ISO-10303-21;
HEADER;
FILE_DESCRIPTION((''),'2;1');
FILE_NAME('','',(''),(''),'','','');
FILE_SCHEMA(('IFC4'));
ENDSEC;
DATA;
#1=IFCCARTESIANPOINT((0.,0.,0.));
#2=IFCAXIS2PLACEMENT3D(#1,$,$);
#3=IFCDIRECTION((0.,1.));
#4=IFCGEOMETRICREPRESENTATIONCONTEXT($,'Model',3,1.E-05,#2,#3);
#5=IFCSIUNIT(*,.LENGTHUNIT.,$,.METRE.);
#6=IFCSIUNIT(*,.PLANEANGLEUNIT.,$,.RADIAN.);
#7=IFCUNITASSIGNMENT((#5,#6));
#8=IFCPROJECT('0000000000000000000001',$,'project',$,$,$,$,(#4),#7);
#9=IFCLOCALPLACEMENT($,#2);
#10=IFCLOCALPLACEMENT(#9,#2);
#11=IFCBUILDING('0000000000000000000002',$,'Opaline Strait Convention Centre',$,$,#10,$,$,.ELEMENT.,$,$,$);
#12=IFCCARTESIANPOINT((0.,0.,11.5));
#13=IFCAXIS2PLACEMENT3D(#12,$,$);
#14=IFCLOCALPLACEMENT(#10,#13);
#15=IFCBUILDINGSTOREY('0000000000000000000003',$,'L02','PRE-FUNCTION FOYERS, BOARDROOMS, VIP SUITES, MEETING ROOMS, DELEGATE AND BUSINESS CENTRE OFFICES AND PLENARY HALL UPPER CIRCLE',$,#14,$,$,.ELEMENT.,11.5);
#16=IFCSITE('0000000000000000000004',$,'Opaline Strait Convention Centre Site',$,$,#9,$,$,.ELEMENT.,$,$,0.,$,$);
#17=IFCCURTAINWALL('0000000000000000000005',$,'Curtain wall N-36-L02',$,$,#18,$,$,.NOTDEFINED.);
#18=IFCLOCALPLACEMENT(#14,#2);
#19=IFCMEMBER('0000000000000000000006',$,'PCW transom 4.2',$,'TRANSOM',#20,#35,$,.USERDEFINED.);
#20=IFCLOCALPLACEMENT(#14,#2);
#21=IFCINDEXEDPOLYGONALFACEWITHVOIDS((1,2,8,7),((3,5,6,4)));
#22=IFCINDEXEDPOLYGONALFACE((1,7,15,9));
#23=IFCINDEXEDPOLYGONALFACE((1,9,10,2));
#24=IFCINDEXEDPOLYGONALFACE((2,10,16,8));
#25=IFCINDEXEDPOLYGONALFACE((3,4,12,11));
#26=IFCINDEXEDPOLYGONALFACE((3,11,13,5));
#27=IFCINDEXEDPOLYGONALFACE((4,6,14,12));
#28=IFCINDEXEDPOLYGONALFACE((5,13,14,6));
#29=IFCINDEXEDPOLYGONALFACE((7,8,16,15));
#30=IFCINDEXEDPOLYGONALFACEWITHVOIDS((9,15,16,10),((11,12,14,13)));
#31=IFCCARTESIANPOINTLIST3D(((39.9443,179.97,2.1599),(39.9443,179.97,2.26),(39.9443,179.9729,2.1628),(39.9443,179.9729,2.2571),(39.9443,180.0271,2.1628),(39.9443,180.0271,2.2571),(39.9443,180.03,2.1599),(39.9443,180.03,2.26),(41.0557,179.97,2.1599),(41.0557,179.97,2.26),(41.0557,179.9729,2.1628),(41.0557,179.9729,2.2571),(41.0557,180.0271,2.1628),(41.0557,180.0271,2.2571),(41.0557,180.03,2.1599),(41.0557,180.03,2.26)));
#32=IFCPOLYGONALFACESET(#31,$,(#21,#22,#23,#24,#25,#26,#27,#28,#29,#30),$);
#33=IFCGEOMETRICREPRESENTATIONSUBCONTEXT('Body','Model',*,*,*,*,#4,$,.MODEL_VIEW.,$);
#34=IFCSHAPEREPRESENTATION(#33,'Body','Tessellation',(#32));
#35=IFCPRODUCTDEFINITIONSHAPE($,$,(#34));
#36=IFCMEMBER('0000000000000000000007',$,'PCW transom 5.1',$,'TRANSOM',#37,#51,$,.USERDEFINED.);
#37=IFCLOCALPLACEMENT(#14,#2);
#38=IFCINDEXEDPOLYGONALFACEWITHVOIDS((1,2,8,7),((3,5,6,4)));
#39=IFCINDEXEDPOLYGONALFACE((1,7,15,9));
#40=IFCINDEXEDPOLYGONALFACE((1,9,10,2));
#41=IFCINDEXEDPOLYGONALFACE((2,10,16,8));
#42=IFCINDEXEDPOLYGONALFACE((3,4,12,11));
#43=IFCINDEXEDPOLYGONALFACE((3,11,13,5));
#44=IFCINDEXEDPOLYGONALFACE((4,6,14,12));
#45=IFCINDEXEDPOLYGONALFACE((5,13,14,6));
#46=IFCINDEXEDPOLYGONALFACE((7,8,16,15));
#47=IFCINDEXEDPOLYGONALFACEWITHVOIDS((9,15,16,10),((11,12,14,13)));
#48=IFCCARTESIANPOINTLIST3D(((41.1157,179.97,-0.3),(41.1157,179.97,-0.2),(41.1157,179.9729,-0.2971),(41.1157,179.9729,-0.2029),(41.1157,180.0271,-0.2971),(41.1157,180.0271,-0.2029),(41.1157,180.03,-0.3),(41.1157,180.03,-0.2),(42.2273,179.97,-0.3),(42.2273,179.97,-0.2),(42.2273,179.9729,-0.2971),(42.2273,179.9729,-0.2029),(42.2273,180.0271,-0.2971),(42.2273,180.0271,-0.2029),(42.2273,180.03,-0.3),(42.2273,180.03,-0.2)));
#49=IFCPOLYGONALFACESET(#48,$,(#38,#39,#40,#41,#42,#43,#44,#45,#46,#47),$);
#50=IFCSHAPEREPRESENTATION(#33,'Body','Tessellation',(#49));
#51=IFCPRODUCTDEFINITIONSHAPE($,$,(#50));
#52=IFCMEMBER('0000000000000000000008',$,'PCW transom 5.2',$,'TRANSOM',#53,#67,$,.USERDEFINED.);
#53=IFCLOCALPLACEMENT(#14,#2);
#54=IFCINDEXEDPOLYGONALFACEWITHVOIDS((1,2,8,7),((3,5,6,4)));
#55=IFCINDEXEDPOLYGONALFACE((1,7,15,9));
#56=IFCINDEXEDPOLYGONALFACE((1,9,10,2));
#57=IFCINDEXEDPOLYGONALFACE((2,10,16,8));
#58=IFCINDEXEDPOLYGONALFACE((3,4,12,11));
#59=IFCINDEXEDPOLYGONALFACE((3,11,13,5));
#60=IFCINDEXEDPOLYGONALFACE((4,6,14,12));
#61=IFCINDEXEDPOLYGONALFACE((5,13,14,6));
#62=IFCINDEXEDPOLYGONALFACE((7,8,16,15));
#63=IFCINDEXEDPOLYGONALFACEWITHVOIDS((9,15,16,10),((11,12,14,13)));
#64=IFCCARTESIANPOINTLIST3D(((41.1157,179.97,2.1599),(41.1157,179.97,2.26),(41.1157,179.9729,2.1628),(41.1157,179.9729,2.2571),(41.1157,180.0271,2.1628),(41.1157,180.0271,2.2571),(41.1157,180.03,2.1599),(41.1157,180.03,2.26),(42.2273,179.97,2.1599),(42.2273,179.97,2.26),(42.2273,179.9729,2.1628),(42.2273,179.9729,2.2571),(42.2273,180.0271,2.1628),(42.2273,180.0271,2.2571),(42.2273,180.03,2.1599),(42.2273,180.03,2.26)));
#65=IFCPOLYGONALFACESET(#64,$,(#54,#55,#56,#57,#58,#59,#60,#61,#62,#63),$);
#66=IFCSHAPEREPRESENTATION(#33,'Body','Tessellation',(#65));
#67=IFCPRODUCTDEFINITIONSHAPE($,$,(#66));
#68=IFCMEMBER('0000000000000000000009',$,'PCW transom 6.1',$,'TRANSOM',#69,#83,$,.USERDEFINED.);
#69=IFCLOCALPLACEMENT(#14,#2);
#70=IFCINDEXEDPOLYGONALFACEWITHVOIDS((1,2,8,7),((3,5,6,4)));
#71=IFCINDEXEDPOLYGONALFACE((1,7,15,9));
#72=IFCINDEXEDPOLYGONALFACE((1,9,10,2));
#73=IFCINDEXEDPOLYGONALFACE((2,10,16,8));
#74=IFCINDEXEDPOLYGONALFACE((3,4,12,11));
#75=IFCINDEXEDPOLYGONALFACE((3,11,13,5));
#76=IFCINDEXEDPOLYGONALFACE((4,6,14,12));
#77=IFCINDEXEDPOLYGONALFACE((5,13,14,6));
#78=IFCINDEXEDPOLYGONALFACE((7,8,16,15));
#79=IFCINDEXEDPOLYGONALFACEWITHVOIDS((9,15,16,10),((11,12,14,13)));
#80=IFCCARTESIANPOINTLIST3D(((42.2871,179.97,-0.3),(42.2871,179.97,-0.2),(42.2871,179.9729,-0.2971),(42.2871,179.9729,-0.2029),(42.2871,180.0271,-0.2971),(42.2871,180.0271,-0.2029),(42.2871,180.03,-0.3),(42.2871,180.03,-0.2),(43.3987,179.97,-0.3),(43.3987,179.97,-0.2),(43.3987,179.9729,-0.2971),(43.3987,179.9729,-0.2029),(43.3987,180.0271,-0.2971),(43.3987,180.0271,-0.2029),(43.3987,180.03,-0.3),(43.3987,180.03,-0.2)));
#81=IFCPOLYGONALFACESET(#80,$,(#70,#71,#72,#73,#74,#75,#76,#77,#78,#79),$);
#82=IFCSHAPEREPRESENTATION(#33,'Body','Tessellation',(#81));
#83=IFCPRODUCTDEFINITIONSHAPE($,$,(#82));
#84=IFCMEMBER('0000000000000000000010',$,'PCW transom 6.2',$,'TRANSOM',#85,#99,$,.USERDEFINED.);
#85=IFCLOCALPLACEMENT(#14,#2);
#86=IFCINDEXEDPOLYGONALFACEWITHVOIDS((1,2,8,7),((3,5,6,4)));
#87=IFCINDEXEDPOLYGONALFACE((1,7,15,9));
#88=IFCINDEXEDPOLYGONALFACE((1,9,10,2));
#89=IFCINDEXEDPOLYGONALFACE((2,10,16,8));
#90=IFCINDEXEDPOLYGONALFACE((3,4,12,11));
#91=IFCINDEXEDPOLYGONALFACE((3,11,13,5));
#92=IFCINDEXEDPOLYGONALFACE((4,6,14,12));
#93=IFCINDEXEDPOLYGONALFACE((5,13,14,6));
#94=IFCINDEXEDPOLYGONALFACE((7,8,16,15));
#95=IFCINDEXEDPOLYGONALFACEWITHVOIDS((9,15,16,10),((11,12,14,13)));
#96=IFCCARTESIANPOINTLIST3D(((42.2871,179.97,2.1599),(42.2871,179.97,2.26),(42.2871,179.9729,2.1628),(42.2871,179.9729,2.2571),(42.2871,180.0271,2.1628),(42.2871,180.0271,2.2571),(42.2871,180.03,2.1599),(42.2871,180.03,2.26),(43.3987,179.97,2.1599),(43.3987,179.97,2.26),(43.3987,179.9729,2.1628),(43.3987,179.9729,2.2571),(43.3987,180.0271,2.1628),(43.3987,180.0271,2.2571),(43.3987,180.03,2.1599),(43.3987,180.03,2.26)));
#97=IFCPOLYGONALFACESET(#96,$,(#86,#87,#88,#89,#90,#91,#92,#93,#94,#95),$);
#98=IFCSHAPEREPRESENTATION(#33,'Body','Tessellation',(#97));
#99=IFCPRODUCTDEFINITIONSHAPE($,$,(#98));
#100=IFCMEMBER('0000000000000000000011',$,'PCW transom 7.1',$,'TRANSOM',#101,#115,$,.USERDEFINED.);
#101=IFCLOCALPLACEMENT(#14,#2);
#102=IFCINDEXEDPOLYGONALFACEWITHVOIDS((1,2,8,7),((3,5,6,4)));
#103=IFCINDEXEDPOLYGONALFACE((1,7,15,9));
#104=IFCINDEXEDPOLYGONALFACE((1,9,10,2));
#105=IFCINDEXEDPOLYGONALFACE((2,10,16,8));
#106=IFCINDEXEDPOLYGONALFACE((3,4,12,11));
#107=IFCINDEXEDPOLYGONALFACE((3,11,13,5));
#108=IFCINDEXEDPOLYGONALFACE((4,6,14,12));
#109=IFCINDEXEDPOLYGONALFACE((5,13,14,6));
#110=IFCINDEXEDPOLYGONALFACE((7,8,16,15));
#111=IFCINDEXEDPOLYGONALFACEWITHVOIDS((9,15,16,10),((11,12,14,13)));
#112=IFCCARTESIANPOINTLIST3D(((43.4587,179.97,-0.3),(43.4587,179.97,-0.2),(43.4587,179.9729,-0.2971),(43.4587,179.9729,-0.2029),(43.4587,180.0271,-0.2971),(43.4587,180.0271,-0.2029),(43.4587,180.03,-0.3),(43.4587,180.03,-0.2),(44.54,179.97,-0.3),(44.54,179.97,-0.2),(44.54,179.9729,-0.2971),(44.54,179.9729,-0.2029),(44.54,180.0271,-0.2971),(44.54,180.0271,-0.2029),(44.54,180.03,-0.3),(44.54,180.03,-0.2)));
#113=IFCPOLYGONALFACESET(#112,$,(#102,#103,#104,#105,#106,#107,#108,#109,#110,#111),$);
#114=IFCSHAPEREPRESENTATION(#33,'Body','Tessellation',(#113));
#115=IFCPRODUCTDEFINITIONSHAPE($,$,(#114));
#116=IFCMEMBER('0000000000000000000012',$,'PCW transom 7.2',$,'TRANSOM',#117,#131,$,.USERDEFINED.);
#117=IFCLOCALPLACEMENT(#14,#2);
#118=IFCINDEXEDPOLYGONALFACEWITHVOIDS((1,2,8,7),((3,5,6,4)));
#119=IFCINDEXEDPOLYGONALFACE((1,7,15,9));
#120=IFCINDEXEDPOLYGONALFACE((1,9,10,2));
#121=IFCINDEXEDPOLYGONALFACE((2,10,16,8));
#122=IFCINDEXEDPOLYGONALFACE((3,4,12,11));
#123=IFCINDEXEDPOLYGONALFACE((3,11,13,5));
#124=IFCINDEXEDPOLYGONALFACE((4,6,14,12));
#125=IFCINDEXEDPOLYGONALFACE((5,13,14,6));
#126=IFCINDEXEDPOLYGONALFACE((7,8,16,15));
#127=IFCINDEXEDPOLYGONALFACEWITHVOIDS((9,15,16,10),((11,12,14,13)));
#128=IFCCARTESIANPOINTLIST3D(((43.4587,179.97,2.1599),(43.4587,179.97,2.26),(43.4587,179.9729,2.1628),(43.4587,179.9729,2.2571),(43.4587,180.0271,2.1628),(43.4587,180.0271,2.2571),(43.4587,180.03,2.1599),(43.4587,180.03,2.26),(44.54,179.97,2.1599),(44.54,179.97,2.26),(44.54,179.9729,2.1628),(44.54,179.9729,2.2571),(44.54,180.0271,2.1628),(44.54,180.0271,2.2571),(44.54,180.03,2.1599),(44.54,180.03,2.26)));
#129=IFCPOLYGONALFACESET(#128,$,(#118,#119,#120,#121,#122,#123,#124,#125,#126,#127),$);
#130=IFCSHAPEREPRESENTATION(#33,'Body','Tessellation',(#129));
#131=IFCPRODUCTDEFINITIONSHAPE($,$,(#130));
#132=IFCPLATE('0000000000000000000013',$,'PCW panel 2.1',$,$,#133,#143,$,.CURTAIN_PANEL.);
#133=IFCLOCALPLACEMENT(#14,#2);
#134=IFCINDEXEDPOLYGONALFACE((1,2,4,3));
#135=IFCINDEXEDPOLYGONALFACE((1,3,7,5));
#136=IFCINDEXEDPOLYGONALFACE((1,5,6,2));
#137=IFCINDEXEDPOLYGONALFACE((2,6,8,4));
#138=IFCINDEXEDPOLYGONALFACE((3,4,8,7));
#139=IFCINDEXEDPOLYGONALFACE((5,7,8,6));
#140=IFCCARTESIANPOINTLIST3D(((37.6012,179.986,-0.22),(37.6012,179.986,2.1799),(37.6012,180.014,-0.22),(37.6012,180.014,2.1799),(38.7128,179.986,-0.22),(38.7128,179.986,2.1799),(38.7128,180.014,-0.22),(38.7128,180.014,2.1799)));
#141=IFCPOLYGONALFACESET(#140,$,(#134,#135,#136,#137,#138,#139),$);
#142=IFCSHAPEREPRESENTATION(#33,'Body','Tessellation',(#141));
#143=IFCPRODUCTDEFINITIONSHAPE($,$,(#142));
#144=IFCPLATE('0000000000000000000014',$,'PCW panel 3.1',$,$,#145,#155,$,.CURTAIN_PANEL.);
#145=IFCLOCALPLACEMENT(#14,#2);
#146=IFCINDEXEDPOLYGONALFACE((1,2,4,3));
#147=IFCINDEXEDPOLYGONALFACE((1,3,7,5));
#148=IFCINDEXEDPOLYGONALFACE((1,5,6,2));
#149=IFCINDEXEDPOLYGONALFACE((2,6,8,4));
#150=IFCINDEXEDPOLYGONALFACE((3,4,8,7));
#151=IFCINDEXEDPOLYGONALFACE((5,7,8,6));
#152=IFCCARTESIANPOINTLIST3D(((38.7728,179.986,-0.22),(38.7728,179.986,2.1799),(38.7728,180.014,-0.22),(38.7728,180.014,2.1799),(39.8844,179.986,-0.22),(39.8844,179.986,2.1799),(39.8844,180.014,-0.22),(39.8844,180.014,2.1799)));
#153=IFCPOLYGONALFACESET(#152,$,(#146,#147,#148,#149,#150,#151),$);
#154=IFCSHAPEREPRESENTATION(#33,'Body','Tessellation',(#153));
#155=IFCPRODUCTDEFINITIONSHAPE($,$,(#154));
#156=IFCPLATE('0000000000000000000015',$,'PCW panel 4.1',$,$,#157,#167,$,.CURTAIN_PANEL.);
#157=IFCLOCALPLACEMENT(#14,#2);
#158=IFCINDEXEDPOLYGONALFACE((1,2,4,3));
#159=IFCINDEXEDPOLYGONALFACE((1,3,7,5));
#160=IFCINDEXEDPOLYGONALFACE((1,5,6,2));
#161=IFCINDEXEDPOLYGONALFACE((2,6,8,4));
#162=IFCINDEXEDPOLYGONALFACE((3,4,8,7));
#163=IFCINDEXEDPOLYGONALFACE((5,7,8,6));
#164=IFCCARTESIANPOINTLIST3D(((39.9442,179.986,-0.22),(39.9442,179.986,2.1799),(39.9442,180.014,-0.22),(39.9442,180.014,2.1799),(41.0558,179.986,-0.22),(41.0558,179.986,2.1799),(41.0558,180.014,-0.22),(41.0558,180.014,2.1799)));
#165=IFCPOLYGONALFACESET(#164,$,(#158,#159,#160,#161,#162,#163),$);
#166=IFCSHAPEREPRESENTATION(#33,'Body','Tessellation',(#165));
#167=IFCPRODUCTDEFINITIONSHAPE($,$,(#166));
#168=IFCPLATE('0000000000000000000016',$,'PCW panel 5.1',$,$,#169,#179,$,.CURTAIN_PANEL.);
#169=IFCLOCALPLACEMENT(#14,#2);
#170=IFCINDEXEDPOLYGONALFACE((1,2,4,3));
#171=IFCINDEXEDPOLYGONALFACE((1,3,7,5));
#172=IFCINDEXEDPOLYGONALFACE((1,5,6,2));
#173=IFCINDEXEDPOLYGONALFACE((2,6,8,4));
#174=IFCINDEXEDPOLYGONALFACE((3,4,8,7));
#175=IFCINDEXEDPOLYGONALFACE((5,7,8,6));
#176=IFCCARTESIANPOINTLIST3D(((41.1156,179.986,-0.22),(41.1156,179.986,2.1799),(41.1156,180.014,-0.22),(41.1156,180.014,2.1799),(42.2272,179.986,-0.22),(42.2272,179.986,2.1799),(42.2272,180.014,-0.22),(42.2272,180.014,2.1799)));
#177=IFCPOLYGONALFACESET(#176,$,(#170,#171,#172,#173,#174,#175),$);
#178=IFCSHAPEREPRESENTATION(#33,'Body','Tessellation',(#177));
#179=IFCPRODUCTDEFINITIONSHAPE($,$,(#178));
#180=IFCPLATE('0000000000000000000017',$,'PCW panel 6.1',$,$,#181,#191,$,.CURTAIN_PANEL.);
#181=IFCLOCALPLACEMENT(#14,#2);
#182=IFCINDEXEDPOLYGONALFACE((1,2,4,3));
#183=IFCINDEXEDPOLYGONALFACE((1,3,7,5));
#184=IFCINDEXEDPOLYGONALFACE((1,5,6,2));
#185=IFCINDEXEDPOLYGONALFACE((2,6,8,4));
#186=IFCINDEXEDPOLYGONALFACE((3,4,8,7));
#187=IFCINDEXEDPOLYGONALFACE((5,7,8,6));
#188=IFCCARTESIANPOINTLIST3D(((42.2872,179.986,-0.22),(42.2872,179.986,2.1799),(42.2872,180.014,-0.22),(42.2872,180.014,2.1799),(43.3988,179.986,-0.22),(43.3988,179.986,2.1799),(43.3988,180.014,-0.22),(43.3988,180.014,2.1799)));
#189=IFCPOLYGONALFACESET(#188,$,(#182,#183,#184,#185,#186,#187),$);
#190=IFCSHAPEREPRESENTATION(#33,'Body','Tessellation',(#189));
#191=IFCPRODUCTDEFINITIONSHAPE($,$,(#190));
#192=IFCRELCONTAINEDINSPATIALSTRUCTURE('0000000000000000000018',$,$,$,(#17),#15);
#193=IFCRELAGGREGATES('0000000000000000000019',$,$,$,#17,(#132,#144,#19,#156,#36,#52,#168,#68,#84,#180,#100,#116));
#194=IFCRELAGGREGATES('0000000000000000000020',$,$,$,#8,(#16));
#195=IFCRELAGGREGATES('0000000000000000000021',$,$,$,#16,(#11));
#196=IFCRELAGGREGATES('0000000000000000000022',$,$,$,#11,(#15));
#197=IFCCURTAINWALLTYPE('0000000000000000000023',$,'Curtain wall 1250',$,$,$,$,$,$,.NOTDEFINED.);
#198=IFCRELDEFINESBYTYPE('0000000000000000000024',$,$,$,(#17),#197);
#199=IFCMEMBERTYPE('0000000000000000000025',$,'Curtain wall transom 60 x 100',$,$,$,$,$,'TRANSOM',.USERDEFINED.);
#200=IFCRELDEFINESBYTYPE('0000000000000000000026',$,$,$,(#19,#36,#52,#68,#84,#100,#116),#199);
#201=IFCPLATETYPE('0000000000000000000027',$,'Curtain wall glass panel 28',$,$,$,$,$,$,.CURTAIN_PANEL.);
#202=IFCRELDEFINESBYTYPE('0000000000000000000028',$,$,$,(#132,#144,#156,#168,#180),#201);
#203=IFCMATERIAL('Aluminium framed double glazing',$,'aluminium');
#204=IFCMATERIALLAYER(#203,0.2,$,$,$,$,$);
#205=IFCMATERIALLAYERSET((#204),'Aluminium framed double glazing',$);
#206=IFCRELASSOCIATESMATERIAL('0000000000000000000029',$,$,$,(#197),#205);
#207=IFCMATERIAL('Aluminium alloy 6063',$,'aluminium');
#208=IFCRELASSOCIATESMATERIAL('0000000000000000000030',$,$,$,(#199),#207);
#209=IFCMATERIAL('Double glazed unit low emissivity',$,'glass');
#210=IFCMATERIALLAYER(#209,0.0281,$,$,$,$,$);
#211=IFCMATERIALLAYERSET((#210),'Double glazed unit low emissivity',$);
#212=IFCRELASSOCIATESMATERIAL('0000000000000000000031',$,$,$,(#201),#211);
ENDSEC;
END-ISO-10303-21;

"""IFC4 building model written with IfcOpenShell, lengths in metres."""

from ifc_helpers import new_model, si_unit, direction, frame, origin, origin_2d, place, context, subcontext, project, spatial, rectangle, hollow_rectangle, extrude, material, layer, layer_set, material_profile, profile_set, type_object, element, aggregate, save


model = new_model("IFC4")

# Units and contexts
model_context = context("Model", 3, precision=1e-05, world=origin(), true_north=direction((0.0, 1.0)))
body_context = subcontext(model_context, "Body", "Model", "MODEL_VIEW")
ifc_project = project(units=[si_unit("LENGTHUNIT", "METRE"), si_unit("PLANEANGLEUNIT", "RADIAN")], contexts=[model_context])

# Site, building, storey
site_placement = place(None, origin())
site = spatial("IfcSite", under=ifc_project, at=site_placement, Name="Opaline Strait Convention Centre Site", CompositionType="ELEMENT", RefElevation=0.0)
building_placement = place(site_placement, origin())
building = spatial("IfcBuilding", under=site, at=building_placement, Name="Opaline Strait Convention Centre", CompositionType="ELEMENT")
storey_placement = place(building_placement, frame((0.0, 0.0, 11.5)))
storey = spatial("IfcBuildingStorey", under=building, at=storey_placement, Name="L02", Description="PRE-FUNCTION FOYERS, BOARDROOMS, VIP SUITES, MEETING ROOMS, DELEGATE AND BUSINESS CENTRE OFFICES AND PLENARY HALL UPPER CIRCLE", CompositionType="ELEMENT", Elevation=11.5)

# Curtain wall, members, plates
ifc_material_1 = material(Name="Aluminium framed double glazing", Category="aluminium")
ifc_layer_1 = layer(ifc_material_1, 0.2)
ifc_layer_set_1 = layer_set([ifc_layer_1], Name="Aluminium framed double glazing")
curtain_wall_type = type_object("IfcCurtainWallType", Name="Curtain wall 1250", PredefinedType="NOTDEFINED", material=ifc_layer_set_1)
curtain_wall_placement = place(storey_placement, origin())
curtain_wall = element("IfcCurtainWall", 1, at=curtain_wall_placement, inside=storey, type_object=curtain_wall_type, Name="Curtain wall N-36-L02", PredefinedType="NOTDEFINED")
ifc_material_2 = material(Name="Aluminium alloy 6063", Category="aluminium")
ifc_material_profile_1 = material_profile(ifc_material_2, hollow_rectangle(XDim=0.0601, YDim=0.1001, WallThickness=0.0029, at=origin_2d()), Name="TRANSOM 60x100x3")
ifc_profile_set_1 = profile_set([ifc_material_profile_1], Name="Aluminium alloy 6063")
member_type_1 = type_object("IfcMemberType", Name="Curtain wall transom 60 x 100", ElementType="TRANSOM", PredefinedType="USERDEFINED", material=ifc_profile_set_1)
member_1_placement = place(storey_placement, frame((39.9443, 180.0, 2.21), z_axis=(1.0, 0.0, 0.0), x_axis=(0.0, 1.0, 0.0)))
member_1 = element("IfcMember", 2, at=member_1_placement, type_object=member_type_1, Name="PCW transom 4.2", ObjectType="TRANSOM", PredefinedType="USERDEFINED", context=body_context, shape_type="SweptSolid", body=[
    extrude(hollow_rectangle(XDim=0.0601, YDim=0.1001, WallThickness=0.0029, at=origin_2d()), origin(), (0.0, 0.0, 1.0), 1.1113),
])
member_2_placement = place(storey_placement, frame((41.1157, 180.0, -0.25), z_axis=(1.0, 0.0, 0.0), x_axis=(0.0, 1.0, 0.0)))
member_2 = element("IfcMember", 3, at=member_2_placement, type_object=member_type_1, Name="PCW transom 5.1", ObjectType="TRANSOM", PredefinedType="USERDEFINED", context=body_context, shape_type="SweptSolid", body=[
    extrude(hollow_rectangle(XDim=0.0601, YDim=0.1001, WallThickness=0.0029, at=origin_2d()), origin(), (0.0, 0.0, 1.0), 1.1116),
])
member_3_placement = place(storey_placement, frame((41.1157, 180.0, 2.21), z_axis=(1.0, 0.0, 0.0), x_axis=(0.0, 1.0, 0.0)))
member_3 = element("IfcMember", 4, at=member_3_placement, type_object=member_type_1, Name="PCW transom 5.2", ObjectType="TRANSOM", PredefinedType="USERDEFINED", context=body_context, shape_type="SweptSolid", body=[
    extrude(hollow_rectangle(XDim=0.0601, YDim=0.1001, WallThickness=0.0029, at=origin_2d()), origin(), (0.0, 0.0, 1.0), 1.1116),
])
member_4_placement = place(storey_placement, frame((42.2871, 180.0, -0.25), z_axis=(1.0, 0.0, 0.0), x_axis=(0.0, 1.0, 0.0)))
member_4 = element("IfcMember", 5, at=member_4_placement, type_object=member_type_1, Name="PCW transom 6.1", ObjectType="TRANSOM", PredefinedType="USERDEFINED", context=body_context, shape_type="SweptSolid", body=[
    extrude(hollow_rectangle(XDim=0.0601, YDim=0.1001, WallThickness=0.0029, at=origin_2d()), origin(), (0.0, 0.0, 1.0), 1.1116),
])
member_5_placement = place(storey_placement, frame((42.2871, 180.0, 2.21), z_axis=(1.0, 0.0, 0.0), x_axis=(0.0, 1.0, 0.0)))
member_5 = element("IfcMember", 6, at=member_5_placement, type_object=member_type_1, Name="PCW transom 6.2", ObjectType="TRANSOM", PredefinedType="USERDEFINED", context=body_context, shape_type="SweptSolid", body=[
    extrude(hollow_rectangle(XDim=0.0601, YDim=0.1001, WallThickness=0.0029, at=origin_2d()), origin(), (0.0, 0.0, 1.0), 1.1116),
])
member_6_placement = place(storey_placement, frame((43.4587, 180.0, -0.25), z_axis=(1.0, 0.0, 0.0), x_axis=(0.0, 1.0, 0.0)))
member_6 = element("IfcMember", 7, at=member_6_placement, type_object=member_type_1, Name="PCW transom 7.1", ObjectType="TRANSOM", PredefinedType="USERDEFINED", context=body_context, shape_type="SweptSolid", body=[
    extrude(hollow_rectangle(XDim=0.0601, YDim=0.1001, WallThickness=0.0029, at=origin_2d()), origin(), (0.0, 0.0, 1.0), 1.0813),
])
member_7_placement = place(storey_placement, frame((43.4587, 180.0, 2.21), z_axis=(1.0, 0.0, 0.0), x_axis=(0.0, 1.0, 0.0)))
member_7 = element("IfcMember", 8, at=member_7_placement, type_object=member_type_1, Name="PCW transom 7.2", ObjectType="TRANSOM", PredefinedType="USERDEFINED", context=body_context, shape_type="SweptSolid", body=[
    extrude(hollow_rectangle(XDim=0.0601, YDim=0.1001, WallThickness=0.0029, at=origin_2d()), origin(), (0.0, 0.0, 1.0), 1.0813),
])
ifc_material_3 = material(Name="Double glazed unit low emissivity", Category="glass")
ifc_layer_2 = layer(ifc_material_3, 0.0281)
ifc_layer_set_2 = layer_set([ifc_layer_2], Name="Double glazed unit low emissivity")
plate_type = type_object("IfcPlateType", Name="Curtain wall glass panel 28", PredefinedType="CURTAIN_PANEL", material=ifc_layer_set_2)
plate_1_placement = place(storey_placement, frame((38.157, 180.0, -0.22), z_axis=(0.0, 0.0, 1.0), x_axis=(1.0, 0.0, 0.0)))
plate_1 = element("IfcPlate", 9, at=plate_1_placement, type_object=plate_type, Name="PCW panel 2.1", PredefinedType="CURTAIN_PANEL", context=body_context, shape_type="SweptSolid", body=[
    extrude(rectangle(XDim=1.1116, YDim=0.0281, at=origin_2d()), origin(), (0.0, 0.0, 1.0), 2.3999),
])
plate_2_placement = place(storey_placement, frame((39.3286, 180.0, -0.22), z_axis=(0.0, 0.0, 1.0), x_axis=(1.0, 0.0, 0.0)))
plate_2 = element("IfcPlate", 10, at=plate_2_placement, type_object=plate_type, Name="PCW panel 3.1", PredefinedType="CURTAIN_PANEL", context=body_context, shape_type="SweptSolid", body=[
    extrude(rectangle(XDim=1.1116, YDim=0.0281, at=origin_2d()), origin(), (0.0, 0.0, 1.0), 2.3999),
])
plate_3_placement = place(storey_placement, frame((40.5, 180.0, -0.22), z_axis=(0.0, 0.0, 1.0), x_axis=(1.0, 0.0, 0.0)))
plate_3 = element("IfcPlate", 11, at=plate_3_placement, type_object=plate_type, Name="PCW panel 4.1", PredefinedType="CURTAIN_PANEL", context=body_context, shape_type="SweptSolid", body=[
    extrude(rectangle(XDim=1.1116, YDim=0.0281, at=origin_2d()), origin(), (0.0, 0.0, 1.0), 2.3999),
])
plate_4_placement = place(storey_placement, frame((41.6714, 180.0, -0.22), z_axis=(0.0, 0.0, 1.0), x_axis=(1.0, 0.0, 0.0)))
plate_4 = element("IfcPlate", 12, at=plate_4_placement, type_object=plate_type, Name="PCW panel 5.1", PredefinedType="CURTAIN_PANEL", context=body_context, shape_type="SweptSolid", body=[
    extrude(rectangle(XDim=1.1116, YDim=0.0281, at=origin_2d()), origin(), (0.0, 0.0, 1.0), 2.3999),
])
plate_5_placement = place(storey_placement, frame((42.843, 180.0, -0.22), z_axis=(0.0, 0.0, 1.0), x_axis=(1.0, 0.0, 0.0)))
plate_5 = element("IfcPlate", 13, at=plate_5_placement, type_object=plate_type, Name="PCW panel 6.1", PredefinedType="CURTAIN_PANEL", context=body_context, shape_type="SweptSolid", body=[
    extrude(rectangle(XDim=1.1116, YDim=0.0281, at=origin_2d()), origin(), (0.0, 0.0, 1.0), 2.3999),
])
aggregate(curtain_wall, [plate_1, plate_2, member_1, plate_3, member_2, member_3, plate_4, member_4, member_5, plate_5, member_6, member_7])

save(model, "model.ifc")
